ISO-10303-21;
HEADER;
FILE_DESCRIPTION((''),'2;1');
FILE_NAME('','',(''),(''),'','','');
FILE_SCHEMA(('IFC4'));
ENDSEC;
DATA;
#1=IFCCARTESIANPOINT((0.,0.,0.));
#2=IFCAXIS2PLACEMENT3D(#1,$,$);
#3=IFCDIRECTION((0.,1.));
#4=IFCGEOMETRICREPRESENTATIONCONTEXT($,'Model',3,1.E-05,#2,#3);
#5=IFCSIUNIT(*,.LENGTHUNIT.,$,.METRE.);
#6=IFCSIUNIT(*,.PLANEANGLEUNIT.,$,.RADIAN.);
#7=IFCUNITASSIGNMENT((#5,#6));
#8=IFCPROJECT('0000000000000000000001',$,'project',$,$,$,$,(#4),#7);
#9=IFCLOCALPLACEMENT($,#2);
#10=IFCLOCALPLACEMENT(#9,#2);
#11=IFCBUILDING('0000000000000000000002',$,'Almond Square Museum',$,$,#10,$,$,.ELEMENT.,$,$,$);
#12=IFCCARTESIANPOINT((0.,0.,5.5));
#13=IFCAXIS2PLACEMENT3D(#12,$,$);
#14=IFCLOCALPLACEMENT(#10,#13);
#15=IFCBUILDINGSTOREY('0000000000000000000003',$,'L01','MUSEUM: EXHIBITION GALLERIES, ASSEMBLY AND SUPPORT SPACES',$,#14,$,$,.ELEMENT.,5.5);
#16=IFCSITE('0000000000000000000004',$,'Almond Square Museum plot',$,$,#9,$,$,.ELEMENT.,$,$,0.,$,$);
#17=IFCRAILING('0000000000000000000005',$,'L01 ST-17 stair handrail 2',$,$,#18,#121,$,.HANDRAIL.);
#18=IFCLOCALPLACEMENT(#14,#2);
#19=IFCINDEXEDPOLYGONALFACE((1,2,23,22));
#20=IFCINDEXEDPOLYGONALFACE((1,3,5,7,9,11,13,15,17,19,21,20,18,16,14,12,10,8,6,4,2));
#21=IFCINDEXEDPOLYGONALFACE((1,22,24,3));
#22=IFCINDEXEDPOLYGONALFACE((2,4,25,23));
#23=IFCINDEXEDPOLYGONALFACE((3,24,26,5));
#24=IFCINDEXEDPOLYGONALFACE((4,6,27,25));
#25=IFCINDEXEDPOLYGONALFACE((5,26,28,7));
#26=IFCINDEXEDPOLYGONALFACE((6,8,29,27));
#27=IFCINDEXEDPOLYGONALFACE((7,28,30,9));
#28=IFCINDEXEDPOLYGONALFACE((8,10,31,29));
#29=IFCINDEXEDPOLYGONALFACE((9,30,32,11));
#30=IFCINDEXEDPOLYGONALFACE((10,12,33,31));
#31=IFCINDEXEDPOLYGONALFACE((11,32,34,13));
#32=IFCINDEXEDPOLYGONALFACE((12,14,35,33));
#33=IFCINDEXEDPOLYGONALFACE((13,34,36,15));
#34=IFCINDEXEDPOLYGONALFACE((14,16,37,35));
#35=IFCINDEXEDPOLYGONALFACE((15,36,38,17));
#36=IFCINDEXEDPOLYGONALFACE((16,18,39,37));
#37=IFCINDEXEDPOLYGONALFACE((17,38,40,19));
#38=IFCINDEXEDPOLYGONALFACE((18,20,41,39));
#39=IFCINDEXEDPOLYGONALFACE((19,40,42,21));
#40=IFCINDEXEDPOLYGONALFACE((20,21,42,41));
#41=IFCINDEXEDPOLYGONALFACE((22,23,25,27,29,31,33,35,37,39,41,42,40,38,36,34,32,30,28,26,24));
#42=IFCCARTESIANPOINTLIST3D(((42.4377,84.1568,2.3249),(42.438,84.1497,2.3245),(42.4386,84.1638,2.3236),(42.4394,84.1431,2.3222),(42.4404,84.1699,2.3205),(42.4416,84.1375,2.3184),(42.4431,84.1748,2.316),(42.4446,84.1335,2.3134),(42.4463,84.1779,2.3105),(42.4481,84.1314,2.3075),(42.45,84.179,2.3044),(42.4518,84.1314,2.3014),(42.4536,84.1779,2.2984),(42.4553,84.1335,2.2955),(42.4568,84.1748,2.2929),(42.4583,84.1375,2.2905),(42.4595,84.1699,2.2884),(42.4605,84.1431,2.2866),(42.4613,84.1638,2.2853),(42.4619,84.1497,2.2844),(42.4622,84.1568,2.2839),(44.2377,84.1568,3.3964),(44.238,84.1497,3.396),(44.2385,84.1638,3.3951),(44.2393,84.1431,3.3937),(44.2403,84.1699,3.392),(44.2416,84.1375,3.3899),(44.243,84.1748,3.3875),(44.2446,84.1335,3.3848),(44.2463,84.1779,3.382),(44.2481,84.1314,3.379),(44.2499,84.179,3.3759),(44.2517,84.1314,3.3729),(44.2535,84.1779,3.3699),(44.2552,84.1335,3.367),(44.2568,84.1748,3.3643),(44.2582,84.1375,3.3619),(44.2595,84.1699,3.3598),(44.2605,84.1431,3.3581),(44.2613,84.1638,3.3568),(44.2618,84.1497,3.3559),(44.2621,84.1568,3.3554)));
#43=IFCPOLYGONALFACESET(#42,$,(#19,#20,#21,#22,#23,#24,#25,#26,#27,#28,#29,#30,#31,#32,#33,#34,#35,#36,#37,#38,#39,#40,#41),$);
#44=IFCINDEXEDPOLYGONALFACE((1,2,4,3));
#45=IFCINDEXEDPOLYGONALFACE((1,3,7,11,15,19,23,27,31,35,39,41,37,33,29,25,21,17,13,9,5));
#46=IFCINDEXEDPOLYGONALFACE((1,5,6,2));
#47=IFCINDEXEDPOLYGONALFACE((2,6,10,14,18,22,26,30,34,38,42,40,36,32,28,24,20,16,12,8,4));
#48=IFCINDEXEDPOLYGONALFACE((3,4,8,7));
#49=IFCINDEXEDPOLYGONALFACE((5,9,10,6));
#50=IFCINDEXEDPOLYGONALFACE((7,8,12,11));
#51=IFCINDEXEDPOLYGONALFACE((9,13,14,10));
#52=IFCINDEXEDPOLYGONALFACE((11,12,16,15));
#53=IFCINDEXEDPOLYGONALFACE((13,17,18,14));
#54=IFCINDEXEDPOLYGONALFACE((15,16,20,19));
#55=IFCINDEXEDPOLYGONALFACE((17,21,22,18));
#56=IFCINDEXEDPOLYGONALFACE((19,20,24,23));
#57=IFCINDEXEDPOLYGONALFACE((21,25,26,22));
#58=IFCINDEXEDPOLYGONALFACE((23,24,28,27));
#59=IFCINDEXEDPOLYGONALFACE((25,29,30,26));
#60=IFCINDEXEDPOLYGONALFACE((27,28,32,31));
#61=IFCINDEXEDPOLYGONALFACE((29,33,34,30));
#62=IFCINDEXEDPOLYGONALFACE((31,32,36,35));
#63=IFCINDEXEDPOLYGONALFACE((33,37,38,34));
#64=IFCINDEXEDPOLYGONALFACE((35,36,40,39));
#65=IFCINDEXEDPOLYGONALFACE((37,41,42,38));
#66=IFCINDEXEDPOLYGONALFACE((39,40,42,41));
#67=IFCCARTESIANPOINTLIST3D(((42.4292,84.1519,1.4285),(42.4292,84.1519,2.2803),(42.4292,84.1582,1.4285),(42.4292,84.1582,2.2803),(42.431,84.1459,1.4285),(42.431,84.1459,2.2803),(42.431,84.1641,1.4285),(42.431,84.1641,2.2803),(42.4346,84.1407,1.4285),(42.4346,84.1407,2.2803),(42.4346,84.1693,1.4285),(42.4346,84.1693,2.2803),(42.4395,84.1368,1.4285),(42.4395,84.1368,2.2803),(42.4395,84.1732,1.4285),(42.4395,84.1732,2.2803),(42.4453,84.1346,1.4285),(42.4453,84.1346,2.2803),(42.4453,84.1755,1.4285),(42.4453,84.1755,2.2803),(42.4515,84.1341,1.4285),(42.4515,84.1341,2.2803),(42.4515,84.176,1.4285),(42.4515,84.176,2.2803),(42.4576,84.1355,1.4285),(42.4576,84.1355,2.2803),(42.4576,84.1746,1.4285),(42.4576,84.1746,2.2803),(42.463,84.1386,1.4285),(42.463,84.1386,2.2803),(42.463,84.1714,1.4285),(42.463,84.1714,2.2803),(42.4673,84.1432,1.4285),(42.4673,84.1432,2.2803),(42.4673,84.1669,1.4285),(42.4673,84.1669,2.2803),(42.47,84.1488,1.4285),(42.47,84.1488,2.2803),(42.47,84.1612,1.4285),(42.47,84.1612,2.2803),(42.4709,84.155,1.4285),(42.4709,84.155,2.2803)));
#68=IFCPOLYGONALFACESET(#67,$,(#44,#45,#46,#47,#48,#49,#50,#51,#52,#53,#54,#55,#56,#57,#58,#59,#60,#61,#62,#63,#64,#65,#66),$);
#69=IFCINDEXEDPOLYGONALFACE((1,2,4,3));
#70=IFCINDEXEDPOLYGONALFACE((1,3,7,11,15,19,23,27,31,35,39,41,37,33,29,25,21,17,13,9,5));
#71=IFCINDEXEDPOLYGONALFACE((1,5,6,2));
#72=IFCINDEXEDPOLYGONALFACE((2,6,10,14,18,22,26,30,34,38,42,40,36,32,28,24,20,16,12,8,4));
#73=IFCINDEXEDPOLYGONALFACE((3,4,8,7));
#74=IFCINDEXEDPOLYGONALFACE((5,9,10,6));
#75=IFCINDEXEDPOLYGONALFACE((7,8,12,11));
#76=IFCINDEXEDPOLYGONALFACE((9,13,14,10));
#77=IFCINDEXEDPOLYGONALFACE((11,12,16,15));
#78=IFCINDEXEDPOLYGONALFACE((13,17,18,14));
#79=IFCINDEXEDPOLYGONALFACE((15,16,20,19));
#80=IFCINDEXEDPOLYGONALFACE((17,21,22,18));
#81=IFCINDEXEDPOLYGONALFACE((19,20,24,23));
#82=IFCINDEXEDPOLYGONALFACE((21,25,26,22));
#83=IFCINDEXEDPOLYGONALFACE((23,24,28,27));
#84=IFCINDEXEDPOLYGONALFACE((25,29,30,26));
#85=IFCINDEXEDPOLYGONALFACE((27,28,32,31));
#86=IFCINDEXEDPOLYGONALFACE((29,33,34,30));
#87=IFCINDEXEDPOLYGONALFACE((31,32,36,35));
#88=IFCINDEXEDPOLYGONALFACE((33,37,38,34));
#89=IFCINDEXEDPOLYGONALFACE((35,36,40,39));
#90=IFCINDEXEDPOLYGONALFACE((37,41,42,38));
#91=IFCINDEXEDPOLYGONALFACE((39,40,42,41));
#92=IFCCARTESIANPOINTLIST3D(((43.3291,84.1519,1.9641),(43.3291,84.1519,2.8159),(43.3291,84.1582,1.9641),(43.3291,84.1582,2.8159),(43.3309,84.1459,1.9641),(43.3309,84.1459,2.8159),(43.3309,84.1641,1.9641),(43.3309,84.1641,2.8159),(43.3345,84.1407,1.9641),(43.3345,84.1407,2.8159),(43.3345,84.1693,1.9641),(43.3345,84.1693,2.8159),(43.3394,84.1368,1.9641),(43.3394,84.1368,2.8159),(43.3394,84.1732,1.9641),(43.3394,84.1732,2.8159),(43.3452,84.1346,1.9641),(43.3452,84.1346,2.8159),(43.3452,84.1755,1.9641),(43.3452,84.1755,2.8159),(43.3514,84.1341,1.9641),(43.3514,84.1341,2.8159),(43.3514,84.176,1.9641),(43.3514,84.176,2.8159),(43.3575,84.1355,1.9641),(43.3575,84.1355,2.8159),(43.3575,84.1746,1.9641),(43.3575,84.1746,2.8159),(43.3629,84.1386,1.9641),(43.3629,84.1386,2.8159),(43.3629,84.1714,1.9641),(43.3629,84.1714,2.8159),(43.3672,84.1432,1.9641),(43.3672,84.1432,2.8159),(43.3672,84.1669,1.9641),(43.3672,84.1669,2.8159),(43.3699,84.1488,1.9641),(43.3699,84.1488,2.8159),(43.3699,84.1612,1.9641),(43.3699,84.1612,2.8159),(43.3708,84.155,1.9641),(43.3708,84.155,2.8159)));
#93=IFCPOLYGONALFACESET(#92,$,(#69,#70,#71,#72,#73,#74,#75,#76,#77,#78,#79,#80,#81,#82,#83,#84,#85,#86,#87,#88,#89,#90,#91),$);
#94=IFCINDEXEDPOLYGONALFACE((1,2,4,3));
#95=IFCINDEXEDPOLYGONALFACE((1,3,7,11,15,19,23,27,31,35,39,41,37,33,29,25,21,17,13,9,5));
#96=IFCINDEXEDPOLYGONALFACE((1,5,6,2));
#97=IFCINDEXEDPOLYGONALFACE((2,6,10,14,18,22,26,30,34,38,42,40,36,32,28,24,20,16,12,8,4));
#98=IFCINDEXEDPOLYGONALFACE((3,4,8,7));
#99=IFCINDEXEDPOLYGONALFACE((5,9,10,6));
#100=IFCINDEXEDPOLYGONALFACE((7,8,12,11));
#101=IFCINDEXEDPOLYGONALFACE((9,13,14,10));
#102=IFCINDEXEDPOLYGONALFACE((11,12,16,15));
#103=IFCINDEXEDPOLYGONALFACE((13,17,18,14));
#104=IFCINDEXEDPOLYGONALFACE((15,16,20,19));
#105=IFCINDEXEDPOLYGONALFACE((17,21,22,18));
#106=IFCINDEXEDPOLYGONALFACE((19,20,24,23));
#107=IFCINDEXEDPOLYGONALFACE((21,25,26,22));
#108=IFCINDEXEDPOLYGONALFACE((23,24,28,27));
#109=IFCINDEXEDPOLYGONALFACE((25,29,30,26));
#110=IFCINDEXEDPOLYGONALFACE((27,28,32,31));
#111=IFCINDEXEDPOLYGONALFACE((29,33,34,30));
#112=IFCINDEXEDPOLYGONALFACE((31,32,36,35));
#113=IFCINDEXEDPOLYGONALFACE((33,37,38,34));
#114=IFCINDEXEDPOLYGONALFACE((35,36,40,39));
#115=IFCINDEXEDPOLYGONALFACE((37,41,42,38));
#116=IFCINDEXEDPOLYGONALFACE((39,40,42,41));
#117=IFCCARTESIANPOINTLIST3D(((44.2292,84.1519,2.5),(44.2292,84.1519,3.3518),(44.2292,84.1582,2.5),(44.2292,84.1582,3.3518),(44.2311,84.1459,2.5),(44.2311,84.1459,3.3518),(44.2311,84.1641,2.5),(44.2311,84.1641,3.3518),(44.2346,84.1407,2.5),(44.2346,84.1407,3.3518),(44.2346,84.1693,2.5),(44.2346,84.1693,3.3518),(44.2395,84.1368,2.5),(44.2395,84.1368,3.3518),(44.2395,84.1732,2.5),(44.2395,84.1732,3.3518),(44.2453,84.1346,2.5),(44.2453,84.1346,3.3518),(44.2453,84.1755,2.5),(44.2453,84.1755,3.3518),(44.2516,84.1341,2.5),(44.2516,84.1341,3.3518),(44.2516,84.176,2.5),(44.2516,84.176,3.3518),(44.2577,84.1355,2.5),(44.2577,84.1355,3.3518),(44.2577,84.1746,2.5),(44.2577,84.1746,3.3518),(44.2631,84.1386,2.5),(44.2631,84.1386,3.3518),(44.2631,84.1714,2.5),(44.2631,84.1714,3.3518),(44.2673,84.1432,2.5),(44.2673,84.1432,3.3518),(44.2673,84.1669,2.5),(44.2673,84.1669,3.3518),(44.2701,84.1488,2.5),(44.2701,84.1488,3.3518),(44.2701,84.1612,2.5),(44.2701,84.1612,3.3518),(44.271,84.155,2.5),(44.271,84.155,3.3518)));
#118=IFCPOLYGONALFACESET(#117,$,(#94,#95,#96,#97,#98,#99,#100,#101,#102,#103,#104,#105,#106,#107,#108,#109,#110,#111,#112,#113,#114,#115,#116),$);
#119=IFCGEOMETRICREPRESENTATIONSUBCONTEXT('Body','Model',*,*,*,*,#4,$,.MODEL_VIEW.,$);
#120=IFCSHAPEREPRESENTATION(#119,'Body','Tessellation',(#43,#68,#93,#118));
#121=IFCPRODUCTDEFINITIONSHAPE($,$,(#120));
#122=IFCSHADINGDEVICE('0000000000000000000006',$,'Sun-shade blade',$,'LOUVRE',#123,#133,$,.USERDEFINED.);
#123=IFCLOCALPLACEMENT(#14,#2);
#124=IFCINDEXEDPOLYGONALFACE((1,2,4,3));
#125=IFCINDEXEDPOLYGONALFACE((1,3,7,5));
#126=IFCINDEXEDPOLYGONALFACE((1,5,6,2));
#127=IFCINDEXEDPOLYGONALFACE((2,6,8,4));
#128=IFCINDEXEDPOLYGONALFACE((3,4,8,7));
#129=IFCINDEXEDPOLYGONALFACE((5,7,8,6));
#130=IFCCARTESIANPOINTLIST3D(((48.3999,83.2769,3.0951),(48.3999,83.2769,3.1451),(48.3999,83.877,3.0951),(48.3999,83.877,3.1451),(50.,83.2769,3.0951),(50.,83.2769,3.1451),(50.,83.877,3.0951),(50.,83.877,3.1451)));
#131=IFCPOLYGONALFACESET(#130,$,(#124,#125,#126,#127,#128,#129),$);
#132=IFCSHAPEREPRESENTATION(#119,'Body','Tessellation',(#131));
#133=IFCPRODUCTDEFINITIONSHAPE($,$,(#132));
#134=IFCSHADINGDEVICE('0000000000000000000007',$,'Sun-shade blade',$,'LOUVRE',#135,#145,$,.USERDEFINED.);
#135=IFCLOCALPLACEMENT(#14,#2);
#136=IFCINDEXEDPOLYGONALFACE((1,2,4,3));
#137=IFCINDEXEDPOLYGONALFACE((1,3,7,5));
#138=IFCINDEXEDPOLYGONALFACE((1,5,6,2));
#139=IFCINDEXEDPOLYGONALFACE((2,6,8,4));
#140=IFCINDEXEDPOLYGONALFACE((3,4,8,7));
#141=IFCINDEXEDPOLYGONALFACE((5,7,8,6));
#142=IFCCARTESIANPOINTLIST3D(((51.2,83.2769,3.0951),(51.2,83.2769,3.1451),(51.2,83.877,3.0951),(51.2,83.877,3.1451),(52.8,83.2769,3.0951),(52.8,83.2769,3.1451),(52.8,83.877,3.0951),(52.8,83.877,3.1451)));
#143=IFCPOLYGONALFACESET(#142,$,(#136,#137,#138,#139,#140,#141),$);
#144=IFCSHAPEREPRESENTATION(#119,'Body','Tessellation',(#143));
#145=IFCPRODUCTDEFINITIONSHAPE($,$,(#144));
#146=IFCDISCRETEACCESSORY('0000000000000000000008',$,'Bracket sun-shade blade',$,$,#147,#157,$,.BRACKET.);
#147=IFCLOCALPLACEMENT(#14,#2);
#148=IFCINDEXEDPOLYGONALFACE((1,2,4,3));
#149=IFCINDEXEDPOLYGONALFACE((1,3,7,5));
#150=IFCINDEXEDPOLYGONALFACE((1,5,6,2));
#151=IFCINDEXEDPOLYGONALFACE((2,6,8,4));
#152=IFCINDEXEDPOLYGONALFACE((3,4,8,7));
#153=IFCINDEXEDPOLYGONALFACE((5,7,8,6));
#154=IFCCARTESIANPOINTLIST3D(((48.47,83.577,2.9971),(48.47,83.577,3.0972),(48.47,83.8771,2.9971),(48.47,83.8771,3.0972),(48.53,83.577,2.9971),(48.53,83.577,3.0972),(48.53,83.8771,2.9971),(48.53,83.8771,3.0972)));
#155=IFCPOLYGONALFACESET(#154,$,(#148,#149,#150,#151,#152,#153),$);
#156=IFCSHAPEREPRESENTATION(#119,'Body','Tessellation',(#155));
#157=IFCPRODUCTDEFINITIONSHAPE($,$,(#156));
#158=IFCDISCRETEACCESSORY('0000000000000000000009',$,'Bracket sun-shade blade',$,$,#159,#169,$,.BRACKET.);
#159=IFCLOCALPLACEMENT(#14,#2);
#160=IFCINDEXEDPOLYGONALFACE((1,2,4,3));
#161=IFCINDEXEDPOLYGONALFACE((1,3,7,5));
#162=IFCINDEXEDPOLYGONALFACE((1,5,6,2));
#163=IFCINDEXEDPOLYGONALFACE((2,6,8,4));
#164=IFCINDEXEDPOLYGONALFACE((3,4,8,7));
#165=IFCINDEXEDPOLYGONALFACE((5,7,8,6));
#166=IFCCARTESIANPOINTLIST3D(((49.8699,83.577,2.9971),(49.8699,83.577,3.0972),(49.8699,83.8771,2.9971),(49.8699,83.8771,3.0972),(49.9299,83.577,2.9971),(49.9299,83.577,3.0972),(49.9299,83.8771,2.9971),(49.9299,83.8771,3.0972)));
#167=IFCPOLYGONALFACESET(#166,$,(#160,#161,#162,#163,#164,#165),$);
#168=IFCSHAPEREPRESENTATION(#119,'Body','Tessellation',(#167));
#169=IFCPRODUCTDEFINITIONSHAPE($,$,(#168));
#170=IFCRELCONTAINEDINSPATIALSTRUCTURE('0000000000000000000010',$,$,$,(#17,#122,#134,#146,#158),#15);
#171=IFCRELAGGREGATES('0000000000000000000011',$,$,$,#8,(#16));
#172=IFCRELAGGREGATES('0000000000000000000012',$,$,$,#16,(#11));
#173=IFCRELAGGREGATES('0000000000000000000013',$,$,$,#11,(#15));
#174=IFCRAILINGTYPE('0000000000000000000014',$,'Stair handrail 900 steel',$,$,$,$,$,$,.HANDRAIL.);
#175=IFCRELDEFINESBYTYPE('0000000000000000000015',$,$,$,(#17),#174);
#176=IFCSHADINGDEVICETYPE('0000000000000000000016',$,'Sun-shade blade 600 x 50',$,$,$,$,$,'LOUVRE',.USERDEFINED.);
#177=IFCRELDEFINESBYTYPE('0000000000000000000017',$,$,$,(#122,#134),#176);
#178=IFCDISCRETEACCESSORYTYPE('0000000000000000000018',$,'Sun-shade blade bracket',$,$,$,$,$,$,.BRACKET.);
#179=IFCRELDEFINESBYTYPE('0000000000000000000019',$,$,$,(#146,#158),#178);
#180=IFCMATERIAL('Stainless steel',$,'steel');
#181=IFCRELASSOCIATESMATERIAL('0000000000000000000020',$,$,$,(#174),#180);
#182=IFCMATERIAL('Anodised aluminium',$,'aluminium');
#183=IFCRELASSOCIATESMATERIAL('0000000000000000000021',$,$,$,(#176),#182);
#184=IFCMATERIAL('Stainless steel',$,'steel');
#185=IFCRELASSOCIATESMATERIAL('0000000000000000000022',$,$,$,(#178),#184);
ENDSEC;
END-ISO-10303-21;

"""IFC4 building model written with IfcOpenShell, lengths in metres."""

from ifc_helpers import new_model, si_unit, direction, frame, origin, origin_2d, place, context, subcontext, project, spatial, rectangle, circle, extrude, material, material_profile, profile_set, type_object, element, save


model = new_model("IFC4")

# Units and contexts
model_context = context("Model", 3, precision=1e-05, world=origin(), true_north=direction((0.0, 1.0)))
body_context = subcontext(model_context, "Body", "Model", "MODEL_VIEW")
ifc_project = project(units=[si_unit("LENGTHUNIT", "METRE"), si_unit("PLANEANGLEUNIT", "RADIAN")], contexts=[model_context])

# Site, building, storey
site_placement = place(None, origin())
site = spatial("IfcSite", under=ifc_project, at=site_placement, Name="Almond Square Museum plot", CompositionType="ELEMENT", RefElevation=0.0)
building_placement = place(site_placement, origin())
building = spatial("IfcBuilding", under=site, at=building_placement, Name="Almond Square Museum", CompositionType="ELEMENT")
storey_placement = place(building_placement, frame((0.0, 0.0, 5.5)))
storey = spatial("IfcBuildingStorey", under=building, at=storey_placement, Name="L01", Description="MUSEUM: EXHIBITION GALLERIES, ASSEMBLY AND SUPPORT SPACES", CompositionType="ELEMENT", Elevation=5.5)

# Railing
ifc_material_1 = material(Name="Stainless steel", Category="steel")
railing_type_1 = type_object("IfcRailingType", Name="Stair handrail 900 steel", PredefinedType="HANDRAIL", material=ifc_material_1)
railing_placement = place(storey_placement, frame((42.45, 84.155, 1.4285)))
element("IfcRailing", 1, at=railing_placement, inside=storey, type_object=railing_type_1, Name="L01 ST-17 stair handrail 2", PredefinedType="HANDRAIL", context=body_context, shape_type="SweptSolid", body=[
    extrude(circle(Radius=0.0239, at=origin_2d()), frame((0.0, 0.0, 0.876), z_axis=(0.859277, 0.0, 0.51151), x_axis=(0.0, 1.0, 0.0)), (0.0, 0.0, 1.0), 2.0947),
    extrude(circle(Radius=0.021, at=origin_2d()), origin(), (0.0, 0.0, 1.0), 0.8518),
    extrude(circle(Radius=0.021, at=origin_2d()), frame((0.8999, 0.0, 0.5356)), (0.0, 0.0, 1.0), 0.8518),
    extrude(circle(Radius=0.021, at=origin_2d()), frame((1.8, 0.0, 1.0715)), (0.0, 0.0, 1.0), 0.8518),
])

# Shading devices
ifc_material_2 = material(Name="Anodised aluminium", Category="aluminium")
ifc_material_profile_1 = material_profile(ifc_material_2, rectangle(XDim=0.6001, YDim=0.05, at=origin_2d()))
ifc_profile_set_1 = profile_set([ifc_material_profile_1], Name="Anodised aluminium")
shading_device_type = type_object("IfcShadingDeviceType", Name="Sun-shade blade 600 x 50", ElementType="LOUVRE", PredefinedType="USERDEFINED", material=ifc_profile_set_1)
for number, where, z_axis, x_axis, name in (
    (2, (48.3999, 83.5769, 3.1201), (1.0, 0.0, 0.0), (0.0, 1.0, 0.0), "Sun-shade blade"),
    (3, (51.2, 83.5769, 3.1201), (1.0, 0.0, 0.0), (0.0, 1.0, 0.0), "Sun-shade blade"),
):
    element("IfcShadingDevice", number, at=place(storey_placement, frame(where, z_axis=z_axis, x_axis=x_axis)), inside=storey, type_object=shading_device_type, Name=name, ObjectType="LOUVRE", PredefinedType="USERDEFINED", context=body_context, shape_type="SweptSolid", body=[
        extrude(rectangle(XDim=0.6001, YDim=0.05, at=origin_2d()), origin(), (0.0, 0.0, 1.0), 1.6001),
    ])

# Discrete accessories
ifc_material_3 = material(Name="Stainless steel", Category="steel")
discrete_accessory_type = type_object("IfcDiscreteAccessoryType", Name="Sun-shade blade bracket", PredefinedType="BRACKET", material=ifc_material_3)
for number, where, z_axis, x_axis, name in (
    (4, (48.5, 83.7271, 2.9971), (0.0, 0.0, 1.0), (1.0, 0.0, 0.0), "Bracket sun-shade blade"),
    (5, (49.8999, 83.7271, 2.9971), (0.0, 0.0, 1.0), (1.0, 0.0, 0.0), "Bracket sun-shade blade"),
):
    element("IfcDiscreteAccessory", number, at=place(storey_placement, frame(where, z_axis=z_axis, x_axis=x_axis)), inside=storey, type_object=discrete_accessory_type, Name=name, PredefinedType="BRACKET", context=body_context, shape_type="SweptSolid", body=[
        extrude(rectangle(XDim=0.0601, YDim=0.3, at=origin_2d()), origin(), (0.0, 0.0, 1.0), 0.1001),
    ])

save(model, "model.ifc")
